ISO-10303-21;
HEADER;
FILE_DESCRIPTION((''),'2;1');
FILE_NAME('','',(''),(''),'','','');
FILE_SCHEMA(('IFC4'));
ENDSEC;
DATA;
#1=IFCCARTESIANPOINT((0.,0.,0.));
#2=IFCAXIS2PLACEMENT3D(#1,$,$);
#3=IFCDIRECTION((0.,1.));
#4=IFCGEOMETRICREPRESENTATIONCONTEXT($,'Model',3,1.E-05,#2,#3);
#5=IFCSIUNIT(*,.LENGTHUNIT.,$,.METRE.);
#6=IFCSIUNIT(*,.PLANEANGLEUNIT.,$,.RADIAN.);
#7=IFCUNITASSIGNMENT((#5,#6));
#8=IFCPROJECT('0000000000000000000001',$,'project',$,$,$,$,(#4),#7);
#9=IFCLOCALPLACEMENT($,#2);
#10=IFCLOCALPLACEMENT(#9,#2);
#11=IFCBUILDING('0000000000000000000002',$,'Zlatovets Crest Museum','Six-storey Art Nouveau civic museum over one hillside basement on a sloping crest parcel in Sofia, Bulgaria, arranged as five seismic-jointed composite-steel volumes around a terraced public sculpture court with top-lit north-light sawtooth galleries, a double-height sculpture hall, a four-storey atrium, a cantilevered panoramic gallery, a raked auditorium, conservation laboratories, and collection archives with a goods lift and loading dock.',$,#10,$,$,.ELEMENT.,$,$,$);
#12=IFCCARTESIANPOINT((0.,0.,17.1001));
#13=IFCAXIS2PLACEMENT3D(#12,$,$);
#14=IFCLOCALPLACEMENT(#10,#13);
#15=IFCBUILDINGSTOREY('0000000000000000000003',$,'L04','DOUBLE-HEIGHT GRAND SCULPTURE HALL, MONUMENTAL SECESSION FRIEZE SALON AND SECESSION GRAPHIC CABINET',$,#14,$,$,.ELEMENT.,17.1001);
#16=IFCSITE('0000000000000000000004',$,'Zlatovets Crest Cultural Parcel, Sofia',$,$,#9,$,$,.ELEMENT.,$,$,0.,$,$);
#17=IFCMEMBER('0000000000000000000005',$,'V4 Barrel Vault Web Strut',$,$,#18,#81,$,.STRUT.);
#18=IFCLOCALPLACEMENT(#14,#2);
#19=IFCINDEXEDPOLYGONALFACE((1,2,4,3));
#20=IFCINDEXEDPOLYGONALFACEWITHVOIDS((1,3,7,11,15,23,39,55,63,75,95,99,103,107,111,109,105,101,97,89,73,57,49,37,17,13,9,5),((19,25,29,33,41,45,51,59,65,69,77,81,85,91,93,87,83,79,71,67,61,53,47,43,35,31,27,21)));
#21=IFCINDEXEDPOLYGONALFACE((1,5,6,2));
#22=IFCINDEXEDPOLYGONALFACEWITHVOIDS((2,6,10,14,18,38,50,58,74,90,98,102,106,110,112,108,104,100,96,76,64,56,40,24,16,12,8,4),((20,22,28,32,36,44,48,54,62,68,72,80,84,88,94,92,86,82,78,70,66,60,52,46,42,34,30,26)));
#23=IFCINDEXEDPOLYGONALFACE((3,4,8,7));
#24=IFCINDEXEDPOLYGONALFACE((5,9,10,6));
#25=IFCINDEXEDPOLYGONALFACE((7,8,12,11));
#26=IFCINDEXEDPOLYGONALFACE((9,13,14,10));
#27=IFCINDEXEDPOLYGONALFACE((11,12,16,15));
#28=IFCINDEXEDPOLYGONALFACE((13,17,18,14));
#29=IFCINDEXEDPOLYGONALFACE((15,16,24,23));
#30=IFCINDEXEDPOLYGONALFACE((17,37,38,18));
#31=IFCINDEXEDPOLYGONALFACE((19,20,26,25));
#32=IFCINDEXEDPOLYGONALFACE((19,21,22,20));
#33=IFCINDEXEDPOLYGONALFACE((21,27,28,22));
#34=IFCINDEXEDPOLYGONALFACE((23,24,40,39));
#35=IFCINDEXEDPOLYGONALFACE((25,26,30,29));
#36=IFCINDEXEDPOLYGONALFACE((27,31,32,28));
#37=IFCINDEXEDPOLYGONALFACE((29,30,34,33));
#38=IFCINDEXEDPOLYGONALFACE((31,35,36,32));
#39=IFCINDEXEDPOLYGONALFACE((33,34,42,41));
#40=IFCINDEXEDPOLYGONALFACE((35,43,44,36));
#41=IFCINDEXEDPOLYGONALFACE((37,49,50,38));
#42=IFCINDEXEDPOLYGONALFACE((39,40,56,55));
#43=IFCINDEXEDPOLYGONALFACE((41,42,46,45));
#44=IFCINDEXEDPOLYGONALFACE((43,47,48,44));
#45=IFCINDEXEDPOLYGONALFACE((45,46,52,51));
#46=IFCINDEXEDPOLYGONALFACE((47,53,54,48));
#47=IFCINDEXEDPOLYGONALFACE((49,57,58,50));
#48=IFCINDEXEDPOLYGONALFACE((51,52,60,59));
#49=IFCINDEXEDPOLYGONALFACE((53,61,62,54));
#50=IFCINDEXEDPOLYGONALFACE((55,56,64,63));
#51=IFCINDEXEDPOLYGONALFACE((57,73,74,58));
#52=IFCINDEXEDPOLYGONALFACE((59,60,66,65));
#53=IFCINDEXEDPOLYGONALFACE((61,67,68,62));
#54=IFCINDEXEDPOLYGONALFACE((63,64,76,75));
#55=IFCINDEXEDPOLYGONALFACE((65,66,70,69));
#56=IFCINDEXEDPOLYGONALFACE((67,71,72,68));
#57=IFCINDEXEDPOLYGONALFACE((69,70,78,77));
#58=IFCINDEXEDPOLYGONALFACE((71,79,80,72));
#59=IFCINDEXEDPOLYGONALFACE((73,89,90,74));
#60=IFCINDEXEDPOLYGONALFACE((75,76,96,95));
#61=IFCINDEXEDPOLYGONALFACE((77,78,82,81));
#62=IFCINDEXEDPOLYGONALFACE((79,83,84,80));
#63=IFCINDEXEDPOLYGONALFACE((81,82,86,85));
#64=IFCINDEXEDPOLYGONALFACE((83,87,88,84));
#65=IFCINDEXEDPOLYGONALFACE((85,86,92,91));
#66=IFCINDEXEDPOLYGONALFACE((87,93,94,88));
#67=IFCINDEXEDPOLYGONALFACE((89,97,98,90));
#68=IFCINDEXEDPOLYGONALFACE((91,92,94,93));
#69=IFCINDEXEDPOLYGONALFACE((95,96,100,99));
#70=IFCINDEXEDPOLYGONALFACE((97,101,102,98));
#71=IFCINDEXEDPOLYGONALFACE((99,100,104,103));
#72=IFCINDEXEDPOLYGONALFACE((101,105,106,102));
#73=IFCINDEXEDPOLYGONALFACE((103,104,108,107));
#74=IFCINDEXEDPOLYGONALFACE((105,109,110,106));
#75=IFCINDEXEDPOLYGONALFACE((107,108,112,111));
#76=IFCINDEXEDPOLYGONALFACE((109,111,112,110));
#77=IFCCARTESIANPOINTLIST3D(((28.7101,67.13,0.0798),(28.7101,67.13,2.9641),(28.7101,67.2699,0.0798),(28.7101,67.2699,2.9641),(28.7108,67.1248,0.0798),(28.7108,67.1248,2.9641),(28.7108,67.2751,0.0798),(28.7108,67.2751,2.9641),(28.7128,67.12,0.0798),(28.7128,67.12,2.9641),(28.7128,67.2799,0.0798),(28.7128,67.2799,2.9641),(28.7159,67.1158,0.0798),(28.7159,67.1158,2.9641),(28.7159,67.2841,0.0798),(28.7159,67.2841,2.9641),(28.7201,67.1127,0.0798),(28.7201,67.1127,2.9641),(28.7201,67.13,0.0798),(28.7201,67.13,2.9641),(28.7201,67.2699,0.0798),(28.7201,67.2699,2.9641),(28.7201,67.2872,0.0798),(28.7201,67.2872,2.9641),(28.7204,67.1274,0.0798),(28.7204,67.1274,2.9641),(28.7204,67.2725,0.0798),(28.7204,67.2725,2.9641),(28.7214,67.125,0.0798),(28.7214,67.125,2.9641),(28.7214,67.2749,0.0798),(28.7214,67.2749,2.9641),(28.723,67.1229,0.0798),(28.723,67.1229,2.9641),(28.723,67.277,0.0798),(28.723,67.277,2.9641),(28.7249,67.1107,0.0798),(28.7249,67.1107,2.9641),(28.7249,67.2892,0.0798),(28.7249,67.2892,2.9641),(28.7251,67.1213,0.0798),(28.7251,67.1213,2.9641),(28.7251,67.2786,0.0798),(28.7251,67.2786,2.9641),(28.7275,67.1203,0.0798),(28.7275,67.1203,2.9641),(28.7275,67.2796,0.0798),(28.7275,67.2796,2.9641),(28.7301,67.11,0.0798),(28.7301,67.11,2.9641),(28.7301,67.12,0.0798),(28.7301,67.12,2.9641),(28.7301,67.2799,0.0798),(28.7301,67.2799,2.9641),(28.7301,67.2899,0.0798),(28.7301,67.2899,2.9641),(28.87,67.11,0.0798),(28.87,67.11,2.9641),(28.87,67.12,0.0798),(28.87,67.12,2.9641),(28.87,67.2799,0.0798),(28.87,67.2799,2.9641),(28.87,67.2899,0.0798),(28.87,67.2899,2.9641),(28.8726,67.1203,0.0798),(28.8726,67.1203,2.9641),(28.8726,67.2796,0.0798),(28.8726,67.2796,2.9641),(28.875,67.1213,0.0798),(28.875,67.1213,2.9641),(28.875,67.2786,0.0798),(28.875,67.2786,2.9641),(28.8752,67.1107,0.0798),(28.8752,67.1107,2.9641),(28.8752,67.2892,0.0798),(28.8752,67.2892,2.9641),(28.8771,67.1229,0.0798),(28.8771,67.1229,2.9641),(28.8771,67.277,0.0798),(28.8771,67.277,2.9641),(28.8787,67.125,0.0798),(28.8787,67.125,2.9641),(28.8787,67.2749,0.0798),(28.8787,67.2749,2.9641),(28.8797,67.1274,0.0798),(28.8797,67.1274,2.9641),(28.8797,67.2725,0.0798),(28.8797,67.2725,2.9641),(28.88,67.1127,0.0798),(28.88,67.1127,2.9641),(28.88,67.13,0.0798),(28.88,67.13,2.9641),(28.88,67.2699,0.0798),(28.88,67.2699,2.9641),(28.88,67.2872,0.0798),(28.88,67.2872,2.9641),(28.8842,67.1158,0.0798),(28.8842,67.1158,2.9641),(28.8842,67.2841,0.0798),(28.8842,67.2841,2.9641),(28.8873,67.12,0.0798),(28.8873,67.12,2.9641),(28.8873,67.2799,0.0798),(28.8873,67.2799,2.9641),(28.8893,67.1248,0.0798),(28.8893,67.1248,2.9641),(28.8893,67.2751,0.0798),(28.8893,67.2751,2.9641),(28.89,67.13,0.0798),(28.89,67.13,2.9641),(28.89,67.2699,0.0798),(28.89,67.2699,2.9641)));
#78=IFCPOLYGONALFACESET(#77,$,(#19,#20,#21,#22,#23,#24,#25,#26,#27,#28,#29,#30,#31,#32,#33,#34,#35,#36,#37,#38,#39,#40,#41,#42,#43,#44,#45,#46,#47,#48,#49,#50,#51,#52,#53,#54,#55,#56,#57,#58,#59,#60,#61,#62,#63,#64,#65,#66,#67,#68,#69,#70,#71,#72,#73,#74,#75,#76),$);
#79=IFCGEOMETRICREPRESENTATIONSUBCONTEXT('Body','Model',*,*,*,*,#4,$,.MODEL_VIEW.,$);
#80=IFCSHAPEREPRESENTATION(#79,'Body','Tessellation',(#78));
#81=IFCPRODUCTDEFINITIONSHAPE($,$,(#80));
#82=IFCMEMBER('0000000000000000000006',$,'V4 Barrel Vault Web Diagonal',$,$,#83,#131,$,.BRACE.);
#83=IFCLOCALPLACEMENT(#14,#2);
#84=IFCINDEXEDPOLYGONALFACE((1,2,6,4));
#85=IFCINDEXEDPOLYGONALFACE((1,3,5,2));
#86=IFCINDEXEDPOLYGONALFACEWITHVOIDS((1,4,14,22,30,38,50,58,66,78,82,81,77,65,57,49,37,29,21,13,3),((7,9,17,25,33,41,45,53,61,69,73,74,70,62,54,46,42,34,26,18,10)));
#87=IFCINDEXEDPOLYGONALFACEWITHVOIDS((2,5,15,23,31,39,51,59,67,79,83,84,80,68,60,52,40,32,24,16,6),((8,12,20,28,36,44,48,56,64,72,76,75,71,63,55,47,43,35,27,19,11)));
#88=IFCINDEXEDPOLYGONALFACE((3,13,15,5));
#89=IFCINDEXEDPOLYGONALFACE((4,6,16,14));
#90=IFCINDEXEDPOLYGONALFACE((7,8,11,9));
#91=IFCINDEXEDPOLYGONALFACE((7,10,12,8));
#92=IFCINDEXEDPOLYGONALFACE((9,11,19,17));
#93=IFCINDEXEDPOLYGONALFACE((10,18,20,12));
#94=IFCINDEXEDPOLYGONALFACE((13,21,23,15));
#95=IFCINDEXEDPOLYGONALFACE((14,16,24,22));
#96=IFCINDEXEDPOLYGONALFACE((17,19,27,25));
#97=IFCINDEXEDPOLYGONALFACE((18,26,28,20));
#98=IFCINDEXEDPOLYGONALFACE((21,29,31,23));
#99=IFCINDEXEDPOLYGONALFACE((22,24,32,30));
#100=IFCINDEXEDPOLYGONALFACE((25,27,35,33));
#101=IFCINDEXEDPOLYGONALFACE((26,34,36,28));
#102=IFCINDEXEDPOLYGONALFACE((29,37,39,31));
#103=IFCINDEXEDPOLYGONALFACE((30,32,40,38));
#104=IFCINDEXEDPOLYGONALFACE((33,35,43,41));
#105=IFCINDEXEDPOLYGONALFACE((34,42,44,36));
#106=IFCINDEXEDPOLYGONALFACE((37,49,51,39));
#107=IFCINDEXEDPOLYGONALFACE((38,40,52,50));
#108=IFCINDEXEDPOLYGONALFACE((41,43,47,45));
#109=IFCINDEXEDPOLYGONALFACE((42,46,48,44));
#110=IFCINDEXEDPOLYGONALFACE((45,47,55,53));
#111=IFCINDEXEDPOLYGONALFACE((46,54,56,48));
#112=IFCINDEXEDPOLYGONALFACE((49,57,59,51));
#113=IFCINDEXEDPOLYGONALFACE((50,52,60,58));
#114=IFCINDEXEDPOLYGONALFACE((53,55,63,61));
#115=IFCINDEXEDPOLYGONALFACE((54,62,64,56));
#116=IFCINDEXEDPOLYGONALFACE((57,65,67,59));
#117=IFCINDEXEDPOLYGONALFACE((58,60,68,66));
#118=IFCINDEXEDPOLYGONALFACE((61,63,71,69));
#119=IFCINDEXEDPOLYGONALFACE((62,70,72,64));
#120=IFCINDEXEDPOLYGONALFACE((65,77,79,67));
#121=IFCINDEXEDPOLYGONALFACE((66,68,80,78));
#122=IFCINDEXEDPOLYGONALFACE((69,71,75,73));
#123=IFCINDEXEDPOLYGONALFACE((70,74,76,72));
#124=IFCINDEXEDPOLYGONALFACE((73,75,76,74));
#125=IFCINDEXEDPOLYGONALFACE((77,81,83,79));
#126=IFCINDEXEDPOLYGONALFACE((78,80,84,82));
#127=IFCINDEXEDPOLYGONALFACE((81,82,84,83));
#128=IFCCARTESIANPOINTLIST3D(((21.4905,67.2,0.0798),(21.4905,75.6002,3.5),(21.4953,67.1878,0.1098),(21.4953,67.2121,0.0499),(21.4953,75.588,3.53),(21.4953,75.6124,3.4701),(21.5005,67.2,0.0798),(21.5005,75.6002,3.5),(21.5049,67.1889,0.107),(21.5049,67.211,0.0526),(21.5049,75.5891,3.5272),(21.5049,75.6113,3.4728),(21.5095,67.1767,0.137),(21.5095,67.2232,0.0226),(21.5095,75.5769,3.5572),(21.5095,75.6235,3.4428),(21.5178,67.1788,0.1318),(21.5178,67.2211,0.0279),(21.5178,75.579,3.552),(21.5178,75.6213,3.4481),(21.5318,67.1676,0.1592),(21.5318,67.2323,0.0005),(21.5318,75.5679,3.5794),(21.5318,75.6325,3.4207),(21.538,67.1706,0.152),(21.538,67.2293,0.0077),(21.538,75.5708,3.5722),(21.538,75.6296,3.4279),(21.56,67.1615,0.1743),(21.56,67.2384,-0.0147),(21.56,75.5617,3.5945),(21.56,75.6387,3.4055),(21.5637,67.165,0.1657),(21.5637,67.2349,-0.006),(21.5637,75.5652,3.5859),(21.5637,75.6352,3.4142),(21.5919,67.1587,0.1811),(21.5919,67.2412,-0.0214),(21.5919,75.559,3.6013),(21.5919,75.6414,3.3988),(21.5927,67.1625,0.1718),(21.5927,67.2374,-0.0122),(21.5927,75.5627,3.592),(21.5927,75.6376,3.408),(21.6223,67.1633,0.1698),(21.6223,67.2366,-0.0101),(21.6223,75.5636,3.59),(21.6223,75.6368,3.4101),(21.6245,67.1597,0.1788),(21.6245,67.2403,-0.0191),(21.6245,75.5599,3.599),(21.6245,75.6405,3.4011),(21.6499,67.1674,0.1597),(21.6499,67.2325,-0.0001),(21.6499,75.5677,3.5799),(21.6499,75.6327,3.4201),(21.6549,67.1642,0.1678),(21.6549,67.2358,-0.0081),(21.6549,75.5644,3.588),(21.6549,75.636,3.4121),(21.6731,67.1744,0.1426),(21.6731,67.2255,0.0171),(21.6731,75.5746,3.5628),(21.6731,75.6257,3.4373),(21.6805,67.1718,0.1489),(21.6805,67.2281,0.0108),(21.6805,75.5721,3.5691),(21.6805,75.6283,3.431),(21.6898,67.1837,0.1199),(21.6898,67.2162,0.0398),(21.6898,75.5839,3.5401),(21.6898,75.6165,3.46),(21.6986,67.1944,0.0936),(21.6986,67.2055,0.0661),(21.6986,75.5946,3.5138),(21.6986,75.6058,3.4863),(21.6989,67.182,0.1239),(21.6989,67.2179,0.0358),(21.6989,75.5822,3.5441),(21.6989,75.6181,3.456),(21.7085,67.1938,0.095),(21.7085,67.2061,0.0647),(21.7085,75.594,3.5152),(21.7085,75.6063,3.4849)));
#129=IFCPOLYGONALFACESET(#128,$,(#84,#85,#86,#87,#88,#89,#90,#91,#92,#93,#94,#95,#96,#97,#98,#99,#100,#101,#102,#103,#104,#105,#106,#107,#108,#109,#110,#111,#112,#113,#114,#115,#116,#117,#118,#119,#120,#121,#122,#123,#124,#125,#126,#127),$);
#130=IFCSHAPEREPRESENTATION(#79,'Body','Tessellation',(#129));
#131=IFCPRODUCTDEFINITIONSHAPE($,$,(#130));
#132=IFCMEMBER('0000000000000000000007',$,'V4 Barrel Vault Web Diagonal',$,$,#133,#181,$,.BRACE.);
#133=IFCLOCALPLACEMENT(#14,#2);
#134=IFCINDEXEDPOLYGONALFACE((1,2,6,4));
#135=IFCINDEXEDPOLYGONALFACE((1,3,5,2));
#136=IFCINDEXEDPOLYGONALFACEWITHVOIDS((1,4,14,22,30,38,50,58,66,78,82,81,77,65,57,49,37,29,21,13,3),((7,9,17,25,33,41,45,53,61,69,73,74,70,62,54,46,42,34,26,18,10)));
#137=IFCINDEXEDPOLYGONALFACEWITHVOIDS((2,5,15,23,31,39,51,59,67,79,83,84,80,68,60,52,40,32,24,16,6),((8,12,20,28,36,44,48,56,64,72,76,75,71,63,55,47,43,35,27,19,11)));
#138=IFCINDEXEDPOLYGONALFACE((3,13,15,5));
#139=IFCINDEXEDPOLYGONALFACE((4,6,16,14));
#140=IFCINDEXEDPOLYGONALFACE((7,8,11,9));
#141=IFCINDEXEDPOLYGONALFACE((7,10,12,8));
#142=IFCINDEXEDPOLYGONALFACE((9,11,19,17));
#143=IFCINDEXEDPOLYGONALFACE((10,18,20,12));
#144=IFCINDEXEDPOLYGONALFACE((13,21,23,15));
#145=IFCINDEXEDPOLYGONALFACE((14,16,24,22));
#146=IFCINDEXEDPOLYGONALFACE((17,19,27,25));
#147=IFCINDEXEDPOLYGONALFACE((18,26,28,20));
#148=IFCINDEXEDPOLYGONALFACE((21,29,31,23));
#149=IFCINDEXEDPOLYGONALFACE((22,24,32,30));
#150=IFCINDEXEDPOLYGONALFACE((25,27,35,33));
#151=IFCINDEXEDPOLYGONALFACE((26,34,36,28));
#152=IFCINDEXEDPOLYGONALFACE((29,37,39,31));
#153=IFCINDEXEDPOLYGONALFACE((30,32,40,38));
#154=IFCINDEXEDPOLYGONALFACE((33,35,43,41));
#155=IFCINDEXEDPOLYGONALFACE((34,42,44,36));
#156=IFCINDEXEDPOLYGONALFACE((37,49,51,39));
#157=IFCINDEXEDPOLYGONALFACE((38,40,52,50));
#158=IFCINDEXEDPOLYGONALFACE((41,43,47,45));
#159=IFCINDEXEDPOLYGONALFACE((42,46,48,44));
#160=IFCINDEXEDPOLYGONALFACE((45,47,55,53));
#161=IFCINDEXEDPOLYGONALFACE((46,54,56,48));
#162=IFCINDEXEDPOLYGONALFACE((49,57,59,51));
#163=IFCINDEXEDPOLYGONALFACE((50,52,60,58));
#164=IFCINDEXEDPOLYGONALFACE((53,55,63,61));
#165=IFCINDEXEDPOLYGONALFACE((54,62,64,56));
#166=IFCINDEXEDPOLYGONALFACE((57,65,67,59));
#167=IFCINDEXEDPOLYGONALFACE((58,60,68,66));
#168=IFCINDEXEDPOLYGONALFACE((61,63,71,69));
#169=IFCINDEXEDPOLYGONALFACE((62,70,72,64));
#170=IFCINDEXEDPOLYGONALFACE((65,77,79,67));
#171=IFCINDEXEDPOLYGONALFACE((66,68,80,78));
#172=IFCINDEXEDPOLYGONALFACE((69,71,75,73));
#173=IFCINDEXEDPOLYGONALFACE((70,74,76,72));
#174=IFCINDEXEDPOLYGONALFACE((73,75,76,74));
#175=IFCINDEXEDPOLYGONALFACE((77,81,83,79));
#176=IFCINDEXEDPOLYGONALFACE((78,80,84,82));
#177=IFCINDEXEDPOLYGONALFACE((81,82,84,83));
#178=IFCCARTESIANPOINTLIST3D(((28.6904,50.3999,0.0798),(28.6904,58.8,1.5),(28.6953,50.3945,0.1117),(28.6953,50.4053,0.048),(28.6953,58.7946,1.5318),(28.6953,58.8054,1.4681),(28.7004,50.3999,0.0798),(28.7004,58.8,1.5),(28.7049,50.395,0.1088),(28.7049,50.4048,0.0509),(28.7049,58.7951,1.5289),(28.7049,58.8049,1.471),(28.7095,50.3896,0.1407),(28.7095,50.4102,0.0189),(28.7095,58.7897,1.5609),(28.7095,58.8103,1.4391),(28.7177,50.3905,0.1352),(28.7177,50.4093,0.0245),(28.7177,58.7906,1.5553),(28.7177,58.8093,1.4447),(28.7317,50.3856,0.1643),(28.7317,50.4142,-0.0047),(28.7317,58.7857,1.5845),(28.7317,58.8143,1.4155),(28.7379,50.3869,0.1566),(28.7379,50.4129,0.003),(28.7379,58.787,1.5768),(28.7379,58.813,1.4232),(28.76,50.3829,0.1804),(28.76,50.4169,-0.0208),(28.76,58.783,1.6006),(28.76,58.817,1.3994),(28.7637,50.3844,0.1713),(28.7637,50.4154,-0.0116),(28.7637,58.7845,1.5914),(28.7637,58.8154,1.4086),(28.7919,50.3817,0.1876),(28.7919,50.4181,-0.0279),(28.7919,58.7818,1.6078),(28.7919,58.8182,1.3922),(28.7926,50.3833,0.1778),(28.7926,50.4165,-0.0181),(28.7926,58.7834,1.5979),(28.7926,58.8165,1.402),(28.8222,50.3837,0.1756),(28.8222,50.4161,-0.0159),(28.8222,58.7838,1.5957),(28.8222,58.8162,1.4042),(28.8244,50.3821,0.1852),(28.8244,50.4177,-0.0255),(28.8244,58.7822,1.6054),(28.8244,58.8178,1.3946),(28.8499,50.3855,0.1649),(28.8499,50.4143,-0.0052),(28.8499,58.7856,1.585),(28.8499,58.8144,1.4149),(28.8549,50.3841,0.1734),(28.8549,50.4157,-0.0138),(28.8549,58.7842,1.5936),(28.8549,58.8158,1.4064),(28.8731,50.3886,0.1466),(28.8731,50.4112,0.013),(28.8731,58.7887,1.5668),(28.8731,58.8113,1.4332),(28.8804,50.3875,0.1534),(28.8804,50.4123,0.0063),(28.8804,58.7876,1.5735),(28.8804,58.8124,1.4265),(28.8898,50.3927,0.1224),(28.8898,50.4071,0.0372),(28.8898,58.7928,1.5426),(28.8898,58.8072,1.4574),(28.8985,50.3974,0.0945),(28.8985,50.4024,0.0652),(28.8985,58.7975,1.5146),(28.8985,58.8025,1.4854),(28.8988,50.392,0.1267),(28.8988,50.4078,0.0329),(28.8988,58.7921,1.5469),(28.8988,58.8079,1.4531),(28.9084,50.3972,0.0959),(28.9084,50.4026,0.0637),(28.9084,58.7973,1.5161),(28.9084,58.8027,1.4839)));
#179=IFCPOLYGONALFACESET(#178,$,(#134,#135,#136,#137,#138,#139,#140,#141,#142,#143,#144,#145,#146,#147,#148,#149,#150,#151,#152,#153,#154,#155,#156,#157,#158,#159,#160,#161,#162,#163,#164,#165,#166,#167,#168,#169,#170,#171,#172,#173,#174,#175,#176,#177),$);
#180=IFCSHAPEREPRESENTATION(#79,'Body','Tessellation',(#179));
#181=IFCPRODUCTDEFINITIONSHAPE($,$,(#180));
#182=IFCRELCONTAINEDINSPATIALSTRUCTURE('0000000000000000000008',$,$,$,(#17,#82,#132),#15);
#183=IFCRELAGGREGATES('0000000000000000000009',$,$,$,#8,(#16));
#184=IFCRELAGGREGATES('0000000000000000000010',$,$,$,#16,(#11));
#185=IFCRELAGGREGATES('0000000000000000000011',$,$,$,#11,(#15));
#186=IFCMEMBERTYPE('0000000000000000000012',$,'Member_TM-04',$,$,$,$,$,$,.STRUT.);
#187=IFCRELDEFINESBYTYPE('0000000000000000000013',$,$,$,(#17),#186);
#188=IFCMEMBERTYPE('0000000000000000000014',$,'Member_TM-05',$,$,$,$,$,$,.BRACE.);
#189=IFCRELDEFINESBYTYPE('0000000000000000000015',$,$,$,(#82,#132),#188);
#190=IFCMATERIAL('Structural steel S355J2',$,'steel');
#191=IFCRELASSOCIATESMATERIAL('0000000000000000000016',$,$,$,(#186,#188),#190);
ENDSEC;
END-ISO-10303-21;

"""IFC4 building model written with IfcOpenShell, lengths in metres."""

from ifc_helpers import new_model, si_unit, direction, frame, origin, origin_2d, place, context, subcontext, project, spatial, hollow_rectangle, hollow_circle, extrude, material, material_profile, profile_set, type_object, element, save


model = new_model("IFC4")

# Units and contexts
model_context = context("Model", 3, precision=1e-05, world=origin(), true_north=direction((0.0, 1.0)))
body_context = subcontext(model_context, "Body", "Model", "MODEL_VIEW")
ifc_project = project(units=[si_unit("LENGTHUNIT", "METRE"), si_unit("PLANEANGLEUNIT", "RADIAN")], contexts=[model_context])

# Site, building, storey
site_placement = place(None, origin())
site = spatial("IfcSite", under=ifc_project, at=site_placement, Name="Zlatovets Crest Cultural Parcel, Sofia", CompositionType="ELEMENT", RefElevation=0.0)
building_placement = place(site_placement, origin())
building = spatial("IfcBuilding", under=site, at=building_placement, Name="Zlatovets Crest Museum", Description="Six-storey Art Nouveau civic museum over one hillside basement on a sloping crest parcel in Sofia, Bulgaria, arranged as five seismic-jointed composite-steel volumes around a terraced public sculpture court with top-lit north-light sawtooth galleries, a double-height sculpture hall, a four-storey atrium, a cantilevered panoramic gallery, a raked auditorium, conservation laboratories, and collection archives with a goods lift and loading dock.", CompositionType="ELEMENT")
storey_placement = place(building_placement, frame((0.0, 0.0, 17.1001)))
storey = spatial("IfcBuildingStorey", under=building, at=storey_placement, Name="L04", Description="DOUBLE-HEIGHT GRAND SCULPTURE HALL, MONUMENTAL SECESSION FRIEZE SALON AND SECESSION GRAPHIC CABINET", CompositionType="ELEMENT", Elevation=17.1001)

# Shared definitions
ifc_material_1 = material(Name="Structural steel S355J2", Category="steel")

# Members
ifc_material_profile_1 = material_profile(ifc_material_1, hollow_rectangle(XDim=0.1799, YDim=0.1799, WallThickness=0.01, InnerFilletRadius=0.01, OuterFilletRadius=0.02, at=origin_2d()), Name="SHS 180x180x10.0")
ifc_profile_set_1 = profile_set([ifc_material_profile_1], Name="Structural steel S355J2")
member_type_1 = type_object("IfcMemberType", Name="Member_TM-04", PredefinedType="STRUT", material=ifc_profile_set_1)
member_1_placement = place(storey_placement, frame((28.8, 67.2, 0.0798), z_axis=(0.0, 0.0, 1.0), x_axis=(1.0, 0.0, 0.0)))
element("IfcMember", 1, at=member_1_placement, inside=storey, type_object=member_type_1, Name="V4 Barrel Vault Web Strut", PredefinedType="STRUT", context=body_context, shape_type="SweptSolid", body=[
    extrude(hollow_rectangle(XDim=0.1799, YDim=0.1799, WallThickness=0.01, InnerFilletRadius=0.01, OuterFilletRadius=0.02, at=origin_2d()), origin(), (0.0, 0.0, 1.0), 2.8843),
])
ifc_material_profile_2 = material_profile(ifc_material_1, hollow_circle(Radius=0.1096, WallThickness=0.01, at=origin_2d()), Name="CHS 219.1x10.0")
ifc_profile_set_2 = profile_set([ifc_material_profile_2], Name="Structural steel S355J2")
member_type_2 = type_object("IfcMemberType", Name="Member_TM-05", PredefinedType="BRACE", material=ifc_profile_set_2)
member_2_placement = place(storey_placement, frame((21.6001, 67.2, 0.0798), z_axis=(0.0, 0.926174, 0.377097), x_axis=(-1.0, 0.0, 0.0)))
element("IfcMember", 2, at=member_2_placement, inside=storey, type_object=member_type_2, Name="V4 Barrel Vault Web Diagonal", PredefinedType="BRACE", context=body_context, shape_type="SweptSolid", body=[
    extrude(hollow_circle(Radius=0.1096, WallThickness=0.01, at=origin_2d()), origin(), (0.0, 0.0, 1.0), 9.0698),
])
member_3_placement = place(storey_placement, frame((28.8, 50.3999, 0.0798), z_axis=(0.0, 0.986008, 0.166699), x_axis=(-1.0, 0.0, 0.0)))
element("IfcMember", 3, at=member_3_placement, inside=storey, type_object=member_type_2, Name="V4 Barrel Vault Web Diagonal", PredefinedType="BRACE", context=body_context, shape_type="SweptSolid", body=[
    extrude(hollow_circle(Radius=0.1096, WallThickness=0.01, at=origin_2d()), origin(), (0.0, 0.0, 1.0), 8.5193),
])

save(model, "model.ifc")
